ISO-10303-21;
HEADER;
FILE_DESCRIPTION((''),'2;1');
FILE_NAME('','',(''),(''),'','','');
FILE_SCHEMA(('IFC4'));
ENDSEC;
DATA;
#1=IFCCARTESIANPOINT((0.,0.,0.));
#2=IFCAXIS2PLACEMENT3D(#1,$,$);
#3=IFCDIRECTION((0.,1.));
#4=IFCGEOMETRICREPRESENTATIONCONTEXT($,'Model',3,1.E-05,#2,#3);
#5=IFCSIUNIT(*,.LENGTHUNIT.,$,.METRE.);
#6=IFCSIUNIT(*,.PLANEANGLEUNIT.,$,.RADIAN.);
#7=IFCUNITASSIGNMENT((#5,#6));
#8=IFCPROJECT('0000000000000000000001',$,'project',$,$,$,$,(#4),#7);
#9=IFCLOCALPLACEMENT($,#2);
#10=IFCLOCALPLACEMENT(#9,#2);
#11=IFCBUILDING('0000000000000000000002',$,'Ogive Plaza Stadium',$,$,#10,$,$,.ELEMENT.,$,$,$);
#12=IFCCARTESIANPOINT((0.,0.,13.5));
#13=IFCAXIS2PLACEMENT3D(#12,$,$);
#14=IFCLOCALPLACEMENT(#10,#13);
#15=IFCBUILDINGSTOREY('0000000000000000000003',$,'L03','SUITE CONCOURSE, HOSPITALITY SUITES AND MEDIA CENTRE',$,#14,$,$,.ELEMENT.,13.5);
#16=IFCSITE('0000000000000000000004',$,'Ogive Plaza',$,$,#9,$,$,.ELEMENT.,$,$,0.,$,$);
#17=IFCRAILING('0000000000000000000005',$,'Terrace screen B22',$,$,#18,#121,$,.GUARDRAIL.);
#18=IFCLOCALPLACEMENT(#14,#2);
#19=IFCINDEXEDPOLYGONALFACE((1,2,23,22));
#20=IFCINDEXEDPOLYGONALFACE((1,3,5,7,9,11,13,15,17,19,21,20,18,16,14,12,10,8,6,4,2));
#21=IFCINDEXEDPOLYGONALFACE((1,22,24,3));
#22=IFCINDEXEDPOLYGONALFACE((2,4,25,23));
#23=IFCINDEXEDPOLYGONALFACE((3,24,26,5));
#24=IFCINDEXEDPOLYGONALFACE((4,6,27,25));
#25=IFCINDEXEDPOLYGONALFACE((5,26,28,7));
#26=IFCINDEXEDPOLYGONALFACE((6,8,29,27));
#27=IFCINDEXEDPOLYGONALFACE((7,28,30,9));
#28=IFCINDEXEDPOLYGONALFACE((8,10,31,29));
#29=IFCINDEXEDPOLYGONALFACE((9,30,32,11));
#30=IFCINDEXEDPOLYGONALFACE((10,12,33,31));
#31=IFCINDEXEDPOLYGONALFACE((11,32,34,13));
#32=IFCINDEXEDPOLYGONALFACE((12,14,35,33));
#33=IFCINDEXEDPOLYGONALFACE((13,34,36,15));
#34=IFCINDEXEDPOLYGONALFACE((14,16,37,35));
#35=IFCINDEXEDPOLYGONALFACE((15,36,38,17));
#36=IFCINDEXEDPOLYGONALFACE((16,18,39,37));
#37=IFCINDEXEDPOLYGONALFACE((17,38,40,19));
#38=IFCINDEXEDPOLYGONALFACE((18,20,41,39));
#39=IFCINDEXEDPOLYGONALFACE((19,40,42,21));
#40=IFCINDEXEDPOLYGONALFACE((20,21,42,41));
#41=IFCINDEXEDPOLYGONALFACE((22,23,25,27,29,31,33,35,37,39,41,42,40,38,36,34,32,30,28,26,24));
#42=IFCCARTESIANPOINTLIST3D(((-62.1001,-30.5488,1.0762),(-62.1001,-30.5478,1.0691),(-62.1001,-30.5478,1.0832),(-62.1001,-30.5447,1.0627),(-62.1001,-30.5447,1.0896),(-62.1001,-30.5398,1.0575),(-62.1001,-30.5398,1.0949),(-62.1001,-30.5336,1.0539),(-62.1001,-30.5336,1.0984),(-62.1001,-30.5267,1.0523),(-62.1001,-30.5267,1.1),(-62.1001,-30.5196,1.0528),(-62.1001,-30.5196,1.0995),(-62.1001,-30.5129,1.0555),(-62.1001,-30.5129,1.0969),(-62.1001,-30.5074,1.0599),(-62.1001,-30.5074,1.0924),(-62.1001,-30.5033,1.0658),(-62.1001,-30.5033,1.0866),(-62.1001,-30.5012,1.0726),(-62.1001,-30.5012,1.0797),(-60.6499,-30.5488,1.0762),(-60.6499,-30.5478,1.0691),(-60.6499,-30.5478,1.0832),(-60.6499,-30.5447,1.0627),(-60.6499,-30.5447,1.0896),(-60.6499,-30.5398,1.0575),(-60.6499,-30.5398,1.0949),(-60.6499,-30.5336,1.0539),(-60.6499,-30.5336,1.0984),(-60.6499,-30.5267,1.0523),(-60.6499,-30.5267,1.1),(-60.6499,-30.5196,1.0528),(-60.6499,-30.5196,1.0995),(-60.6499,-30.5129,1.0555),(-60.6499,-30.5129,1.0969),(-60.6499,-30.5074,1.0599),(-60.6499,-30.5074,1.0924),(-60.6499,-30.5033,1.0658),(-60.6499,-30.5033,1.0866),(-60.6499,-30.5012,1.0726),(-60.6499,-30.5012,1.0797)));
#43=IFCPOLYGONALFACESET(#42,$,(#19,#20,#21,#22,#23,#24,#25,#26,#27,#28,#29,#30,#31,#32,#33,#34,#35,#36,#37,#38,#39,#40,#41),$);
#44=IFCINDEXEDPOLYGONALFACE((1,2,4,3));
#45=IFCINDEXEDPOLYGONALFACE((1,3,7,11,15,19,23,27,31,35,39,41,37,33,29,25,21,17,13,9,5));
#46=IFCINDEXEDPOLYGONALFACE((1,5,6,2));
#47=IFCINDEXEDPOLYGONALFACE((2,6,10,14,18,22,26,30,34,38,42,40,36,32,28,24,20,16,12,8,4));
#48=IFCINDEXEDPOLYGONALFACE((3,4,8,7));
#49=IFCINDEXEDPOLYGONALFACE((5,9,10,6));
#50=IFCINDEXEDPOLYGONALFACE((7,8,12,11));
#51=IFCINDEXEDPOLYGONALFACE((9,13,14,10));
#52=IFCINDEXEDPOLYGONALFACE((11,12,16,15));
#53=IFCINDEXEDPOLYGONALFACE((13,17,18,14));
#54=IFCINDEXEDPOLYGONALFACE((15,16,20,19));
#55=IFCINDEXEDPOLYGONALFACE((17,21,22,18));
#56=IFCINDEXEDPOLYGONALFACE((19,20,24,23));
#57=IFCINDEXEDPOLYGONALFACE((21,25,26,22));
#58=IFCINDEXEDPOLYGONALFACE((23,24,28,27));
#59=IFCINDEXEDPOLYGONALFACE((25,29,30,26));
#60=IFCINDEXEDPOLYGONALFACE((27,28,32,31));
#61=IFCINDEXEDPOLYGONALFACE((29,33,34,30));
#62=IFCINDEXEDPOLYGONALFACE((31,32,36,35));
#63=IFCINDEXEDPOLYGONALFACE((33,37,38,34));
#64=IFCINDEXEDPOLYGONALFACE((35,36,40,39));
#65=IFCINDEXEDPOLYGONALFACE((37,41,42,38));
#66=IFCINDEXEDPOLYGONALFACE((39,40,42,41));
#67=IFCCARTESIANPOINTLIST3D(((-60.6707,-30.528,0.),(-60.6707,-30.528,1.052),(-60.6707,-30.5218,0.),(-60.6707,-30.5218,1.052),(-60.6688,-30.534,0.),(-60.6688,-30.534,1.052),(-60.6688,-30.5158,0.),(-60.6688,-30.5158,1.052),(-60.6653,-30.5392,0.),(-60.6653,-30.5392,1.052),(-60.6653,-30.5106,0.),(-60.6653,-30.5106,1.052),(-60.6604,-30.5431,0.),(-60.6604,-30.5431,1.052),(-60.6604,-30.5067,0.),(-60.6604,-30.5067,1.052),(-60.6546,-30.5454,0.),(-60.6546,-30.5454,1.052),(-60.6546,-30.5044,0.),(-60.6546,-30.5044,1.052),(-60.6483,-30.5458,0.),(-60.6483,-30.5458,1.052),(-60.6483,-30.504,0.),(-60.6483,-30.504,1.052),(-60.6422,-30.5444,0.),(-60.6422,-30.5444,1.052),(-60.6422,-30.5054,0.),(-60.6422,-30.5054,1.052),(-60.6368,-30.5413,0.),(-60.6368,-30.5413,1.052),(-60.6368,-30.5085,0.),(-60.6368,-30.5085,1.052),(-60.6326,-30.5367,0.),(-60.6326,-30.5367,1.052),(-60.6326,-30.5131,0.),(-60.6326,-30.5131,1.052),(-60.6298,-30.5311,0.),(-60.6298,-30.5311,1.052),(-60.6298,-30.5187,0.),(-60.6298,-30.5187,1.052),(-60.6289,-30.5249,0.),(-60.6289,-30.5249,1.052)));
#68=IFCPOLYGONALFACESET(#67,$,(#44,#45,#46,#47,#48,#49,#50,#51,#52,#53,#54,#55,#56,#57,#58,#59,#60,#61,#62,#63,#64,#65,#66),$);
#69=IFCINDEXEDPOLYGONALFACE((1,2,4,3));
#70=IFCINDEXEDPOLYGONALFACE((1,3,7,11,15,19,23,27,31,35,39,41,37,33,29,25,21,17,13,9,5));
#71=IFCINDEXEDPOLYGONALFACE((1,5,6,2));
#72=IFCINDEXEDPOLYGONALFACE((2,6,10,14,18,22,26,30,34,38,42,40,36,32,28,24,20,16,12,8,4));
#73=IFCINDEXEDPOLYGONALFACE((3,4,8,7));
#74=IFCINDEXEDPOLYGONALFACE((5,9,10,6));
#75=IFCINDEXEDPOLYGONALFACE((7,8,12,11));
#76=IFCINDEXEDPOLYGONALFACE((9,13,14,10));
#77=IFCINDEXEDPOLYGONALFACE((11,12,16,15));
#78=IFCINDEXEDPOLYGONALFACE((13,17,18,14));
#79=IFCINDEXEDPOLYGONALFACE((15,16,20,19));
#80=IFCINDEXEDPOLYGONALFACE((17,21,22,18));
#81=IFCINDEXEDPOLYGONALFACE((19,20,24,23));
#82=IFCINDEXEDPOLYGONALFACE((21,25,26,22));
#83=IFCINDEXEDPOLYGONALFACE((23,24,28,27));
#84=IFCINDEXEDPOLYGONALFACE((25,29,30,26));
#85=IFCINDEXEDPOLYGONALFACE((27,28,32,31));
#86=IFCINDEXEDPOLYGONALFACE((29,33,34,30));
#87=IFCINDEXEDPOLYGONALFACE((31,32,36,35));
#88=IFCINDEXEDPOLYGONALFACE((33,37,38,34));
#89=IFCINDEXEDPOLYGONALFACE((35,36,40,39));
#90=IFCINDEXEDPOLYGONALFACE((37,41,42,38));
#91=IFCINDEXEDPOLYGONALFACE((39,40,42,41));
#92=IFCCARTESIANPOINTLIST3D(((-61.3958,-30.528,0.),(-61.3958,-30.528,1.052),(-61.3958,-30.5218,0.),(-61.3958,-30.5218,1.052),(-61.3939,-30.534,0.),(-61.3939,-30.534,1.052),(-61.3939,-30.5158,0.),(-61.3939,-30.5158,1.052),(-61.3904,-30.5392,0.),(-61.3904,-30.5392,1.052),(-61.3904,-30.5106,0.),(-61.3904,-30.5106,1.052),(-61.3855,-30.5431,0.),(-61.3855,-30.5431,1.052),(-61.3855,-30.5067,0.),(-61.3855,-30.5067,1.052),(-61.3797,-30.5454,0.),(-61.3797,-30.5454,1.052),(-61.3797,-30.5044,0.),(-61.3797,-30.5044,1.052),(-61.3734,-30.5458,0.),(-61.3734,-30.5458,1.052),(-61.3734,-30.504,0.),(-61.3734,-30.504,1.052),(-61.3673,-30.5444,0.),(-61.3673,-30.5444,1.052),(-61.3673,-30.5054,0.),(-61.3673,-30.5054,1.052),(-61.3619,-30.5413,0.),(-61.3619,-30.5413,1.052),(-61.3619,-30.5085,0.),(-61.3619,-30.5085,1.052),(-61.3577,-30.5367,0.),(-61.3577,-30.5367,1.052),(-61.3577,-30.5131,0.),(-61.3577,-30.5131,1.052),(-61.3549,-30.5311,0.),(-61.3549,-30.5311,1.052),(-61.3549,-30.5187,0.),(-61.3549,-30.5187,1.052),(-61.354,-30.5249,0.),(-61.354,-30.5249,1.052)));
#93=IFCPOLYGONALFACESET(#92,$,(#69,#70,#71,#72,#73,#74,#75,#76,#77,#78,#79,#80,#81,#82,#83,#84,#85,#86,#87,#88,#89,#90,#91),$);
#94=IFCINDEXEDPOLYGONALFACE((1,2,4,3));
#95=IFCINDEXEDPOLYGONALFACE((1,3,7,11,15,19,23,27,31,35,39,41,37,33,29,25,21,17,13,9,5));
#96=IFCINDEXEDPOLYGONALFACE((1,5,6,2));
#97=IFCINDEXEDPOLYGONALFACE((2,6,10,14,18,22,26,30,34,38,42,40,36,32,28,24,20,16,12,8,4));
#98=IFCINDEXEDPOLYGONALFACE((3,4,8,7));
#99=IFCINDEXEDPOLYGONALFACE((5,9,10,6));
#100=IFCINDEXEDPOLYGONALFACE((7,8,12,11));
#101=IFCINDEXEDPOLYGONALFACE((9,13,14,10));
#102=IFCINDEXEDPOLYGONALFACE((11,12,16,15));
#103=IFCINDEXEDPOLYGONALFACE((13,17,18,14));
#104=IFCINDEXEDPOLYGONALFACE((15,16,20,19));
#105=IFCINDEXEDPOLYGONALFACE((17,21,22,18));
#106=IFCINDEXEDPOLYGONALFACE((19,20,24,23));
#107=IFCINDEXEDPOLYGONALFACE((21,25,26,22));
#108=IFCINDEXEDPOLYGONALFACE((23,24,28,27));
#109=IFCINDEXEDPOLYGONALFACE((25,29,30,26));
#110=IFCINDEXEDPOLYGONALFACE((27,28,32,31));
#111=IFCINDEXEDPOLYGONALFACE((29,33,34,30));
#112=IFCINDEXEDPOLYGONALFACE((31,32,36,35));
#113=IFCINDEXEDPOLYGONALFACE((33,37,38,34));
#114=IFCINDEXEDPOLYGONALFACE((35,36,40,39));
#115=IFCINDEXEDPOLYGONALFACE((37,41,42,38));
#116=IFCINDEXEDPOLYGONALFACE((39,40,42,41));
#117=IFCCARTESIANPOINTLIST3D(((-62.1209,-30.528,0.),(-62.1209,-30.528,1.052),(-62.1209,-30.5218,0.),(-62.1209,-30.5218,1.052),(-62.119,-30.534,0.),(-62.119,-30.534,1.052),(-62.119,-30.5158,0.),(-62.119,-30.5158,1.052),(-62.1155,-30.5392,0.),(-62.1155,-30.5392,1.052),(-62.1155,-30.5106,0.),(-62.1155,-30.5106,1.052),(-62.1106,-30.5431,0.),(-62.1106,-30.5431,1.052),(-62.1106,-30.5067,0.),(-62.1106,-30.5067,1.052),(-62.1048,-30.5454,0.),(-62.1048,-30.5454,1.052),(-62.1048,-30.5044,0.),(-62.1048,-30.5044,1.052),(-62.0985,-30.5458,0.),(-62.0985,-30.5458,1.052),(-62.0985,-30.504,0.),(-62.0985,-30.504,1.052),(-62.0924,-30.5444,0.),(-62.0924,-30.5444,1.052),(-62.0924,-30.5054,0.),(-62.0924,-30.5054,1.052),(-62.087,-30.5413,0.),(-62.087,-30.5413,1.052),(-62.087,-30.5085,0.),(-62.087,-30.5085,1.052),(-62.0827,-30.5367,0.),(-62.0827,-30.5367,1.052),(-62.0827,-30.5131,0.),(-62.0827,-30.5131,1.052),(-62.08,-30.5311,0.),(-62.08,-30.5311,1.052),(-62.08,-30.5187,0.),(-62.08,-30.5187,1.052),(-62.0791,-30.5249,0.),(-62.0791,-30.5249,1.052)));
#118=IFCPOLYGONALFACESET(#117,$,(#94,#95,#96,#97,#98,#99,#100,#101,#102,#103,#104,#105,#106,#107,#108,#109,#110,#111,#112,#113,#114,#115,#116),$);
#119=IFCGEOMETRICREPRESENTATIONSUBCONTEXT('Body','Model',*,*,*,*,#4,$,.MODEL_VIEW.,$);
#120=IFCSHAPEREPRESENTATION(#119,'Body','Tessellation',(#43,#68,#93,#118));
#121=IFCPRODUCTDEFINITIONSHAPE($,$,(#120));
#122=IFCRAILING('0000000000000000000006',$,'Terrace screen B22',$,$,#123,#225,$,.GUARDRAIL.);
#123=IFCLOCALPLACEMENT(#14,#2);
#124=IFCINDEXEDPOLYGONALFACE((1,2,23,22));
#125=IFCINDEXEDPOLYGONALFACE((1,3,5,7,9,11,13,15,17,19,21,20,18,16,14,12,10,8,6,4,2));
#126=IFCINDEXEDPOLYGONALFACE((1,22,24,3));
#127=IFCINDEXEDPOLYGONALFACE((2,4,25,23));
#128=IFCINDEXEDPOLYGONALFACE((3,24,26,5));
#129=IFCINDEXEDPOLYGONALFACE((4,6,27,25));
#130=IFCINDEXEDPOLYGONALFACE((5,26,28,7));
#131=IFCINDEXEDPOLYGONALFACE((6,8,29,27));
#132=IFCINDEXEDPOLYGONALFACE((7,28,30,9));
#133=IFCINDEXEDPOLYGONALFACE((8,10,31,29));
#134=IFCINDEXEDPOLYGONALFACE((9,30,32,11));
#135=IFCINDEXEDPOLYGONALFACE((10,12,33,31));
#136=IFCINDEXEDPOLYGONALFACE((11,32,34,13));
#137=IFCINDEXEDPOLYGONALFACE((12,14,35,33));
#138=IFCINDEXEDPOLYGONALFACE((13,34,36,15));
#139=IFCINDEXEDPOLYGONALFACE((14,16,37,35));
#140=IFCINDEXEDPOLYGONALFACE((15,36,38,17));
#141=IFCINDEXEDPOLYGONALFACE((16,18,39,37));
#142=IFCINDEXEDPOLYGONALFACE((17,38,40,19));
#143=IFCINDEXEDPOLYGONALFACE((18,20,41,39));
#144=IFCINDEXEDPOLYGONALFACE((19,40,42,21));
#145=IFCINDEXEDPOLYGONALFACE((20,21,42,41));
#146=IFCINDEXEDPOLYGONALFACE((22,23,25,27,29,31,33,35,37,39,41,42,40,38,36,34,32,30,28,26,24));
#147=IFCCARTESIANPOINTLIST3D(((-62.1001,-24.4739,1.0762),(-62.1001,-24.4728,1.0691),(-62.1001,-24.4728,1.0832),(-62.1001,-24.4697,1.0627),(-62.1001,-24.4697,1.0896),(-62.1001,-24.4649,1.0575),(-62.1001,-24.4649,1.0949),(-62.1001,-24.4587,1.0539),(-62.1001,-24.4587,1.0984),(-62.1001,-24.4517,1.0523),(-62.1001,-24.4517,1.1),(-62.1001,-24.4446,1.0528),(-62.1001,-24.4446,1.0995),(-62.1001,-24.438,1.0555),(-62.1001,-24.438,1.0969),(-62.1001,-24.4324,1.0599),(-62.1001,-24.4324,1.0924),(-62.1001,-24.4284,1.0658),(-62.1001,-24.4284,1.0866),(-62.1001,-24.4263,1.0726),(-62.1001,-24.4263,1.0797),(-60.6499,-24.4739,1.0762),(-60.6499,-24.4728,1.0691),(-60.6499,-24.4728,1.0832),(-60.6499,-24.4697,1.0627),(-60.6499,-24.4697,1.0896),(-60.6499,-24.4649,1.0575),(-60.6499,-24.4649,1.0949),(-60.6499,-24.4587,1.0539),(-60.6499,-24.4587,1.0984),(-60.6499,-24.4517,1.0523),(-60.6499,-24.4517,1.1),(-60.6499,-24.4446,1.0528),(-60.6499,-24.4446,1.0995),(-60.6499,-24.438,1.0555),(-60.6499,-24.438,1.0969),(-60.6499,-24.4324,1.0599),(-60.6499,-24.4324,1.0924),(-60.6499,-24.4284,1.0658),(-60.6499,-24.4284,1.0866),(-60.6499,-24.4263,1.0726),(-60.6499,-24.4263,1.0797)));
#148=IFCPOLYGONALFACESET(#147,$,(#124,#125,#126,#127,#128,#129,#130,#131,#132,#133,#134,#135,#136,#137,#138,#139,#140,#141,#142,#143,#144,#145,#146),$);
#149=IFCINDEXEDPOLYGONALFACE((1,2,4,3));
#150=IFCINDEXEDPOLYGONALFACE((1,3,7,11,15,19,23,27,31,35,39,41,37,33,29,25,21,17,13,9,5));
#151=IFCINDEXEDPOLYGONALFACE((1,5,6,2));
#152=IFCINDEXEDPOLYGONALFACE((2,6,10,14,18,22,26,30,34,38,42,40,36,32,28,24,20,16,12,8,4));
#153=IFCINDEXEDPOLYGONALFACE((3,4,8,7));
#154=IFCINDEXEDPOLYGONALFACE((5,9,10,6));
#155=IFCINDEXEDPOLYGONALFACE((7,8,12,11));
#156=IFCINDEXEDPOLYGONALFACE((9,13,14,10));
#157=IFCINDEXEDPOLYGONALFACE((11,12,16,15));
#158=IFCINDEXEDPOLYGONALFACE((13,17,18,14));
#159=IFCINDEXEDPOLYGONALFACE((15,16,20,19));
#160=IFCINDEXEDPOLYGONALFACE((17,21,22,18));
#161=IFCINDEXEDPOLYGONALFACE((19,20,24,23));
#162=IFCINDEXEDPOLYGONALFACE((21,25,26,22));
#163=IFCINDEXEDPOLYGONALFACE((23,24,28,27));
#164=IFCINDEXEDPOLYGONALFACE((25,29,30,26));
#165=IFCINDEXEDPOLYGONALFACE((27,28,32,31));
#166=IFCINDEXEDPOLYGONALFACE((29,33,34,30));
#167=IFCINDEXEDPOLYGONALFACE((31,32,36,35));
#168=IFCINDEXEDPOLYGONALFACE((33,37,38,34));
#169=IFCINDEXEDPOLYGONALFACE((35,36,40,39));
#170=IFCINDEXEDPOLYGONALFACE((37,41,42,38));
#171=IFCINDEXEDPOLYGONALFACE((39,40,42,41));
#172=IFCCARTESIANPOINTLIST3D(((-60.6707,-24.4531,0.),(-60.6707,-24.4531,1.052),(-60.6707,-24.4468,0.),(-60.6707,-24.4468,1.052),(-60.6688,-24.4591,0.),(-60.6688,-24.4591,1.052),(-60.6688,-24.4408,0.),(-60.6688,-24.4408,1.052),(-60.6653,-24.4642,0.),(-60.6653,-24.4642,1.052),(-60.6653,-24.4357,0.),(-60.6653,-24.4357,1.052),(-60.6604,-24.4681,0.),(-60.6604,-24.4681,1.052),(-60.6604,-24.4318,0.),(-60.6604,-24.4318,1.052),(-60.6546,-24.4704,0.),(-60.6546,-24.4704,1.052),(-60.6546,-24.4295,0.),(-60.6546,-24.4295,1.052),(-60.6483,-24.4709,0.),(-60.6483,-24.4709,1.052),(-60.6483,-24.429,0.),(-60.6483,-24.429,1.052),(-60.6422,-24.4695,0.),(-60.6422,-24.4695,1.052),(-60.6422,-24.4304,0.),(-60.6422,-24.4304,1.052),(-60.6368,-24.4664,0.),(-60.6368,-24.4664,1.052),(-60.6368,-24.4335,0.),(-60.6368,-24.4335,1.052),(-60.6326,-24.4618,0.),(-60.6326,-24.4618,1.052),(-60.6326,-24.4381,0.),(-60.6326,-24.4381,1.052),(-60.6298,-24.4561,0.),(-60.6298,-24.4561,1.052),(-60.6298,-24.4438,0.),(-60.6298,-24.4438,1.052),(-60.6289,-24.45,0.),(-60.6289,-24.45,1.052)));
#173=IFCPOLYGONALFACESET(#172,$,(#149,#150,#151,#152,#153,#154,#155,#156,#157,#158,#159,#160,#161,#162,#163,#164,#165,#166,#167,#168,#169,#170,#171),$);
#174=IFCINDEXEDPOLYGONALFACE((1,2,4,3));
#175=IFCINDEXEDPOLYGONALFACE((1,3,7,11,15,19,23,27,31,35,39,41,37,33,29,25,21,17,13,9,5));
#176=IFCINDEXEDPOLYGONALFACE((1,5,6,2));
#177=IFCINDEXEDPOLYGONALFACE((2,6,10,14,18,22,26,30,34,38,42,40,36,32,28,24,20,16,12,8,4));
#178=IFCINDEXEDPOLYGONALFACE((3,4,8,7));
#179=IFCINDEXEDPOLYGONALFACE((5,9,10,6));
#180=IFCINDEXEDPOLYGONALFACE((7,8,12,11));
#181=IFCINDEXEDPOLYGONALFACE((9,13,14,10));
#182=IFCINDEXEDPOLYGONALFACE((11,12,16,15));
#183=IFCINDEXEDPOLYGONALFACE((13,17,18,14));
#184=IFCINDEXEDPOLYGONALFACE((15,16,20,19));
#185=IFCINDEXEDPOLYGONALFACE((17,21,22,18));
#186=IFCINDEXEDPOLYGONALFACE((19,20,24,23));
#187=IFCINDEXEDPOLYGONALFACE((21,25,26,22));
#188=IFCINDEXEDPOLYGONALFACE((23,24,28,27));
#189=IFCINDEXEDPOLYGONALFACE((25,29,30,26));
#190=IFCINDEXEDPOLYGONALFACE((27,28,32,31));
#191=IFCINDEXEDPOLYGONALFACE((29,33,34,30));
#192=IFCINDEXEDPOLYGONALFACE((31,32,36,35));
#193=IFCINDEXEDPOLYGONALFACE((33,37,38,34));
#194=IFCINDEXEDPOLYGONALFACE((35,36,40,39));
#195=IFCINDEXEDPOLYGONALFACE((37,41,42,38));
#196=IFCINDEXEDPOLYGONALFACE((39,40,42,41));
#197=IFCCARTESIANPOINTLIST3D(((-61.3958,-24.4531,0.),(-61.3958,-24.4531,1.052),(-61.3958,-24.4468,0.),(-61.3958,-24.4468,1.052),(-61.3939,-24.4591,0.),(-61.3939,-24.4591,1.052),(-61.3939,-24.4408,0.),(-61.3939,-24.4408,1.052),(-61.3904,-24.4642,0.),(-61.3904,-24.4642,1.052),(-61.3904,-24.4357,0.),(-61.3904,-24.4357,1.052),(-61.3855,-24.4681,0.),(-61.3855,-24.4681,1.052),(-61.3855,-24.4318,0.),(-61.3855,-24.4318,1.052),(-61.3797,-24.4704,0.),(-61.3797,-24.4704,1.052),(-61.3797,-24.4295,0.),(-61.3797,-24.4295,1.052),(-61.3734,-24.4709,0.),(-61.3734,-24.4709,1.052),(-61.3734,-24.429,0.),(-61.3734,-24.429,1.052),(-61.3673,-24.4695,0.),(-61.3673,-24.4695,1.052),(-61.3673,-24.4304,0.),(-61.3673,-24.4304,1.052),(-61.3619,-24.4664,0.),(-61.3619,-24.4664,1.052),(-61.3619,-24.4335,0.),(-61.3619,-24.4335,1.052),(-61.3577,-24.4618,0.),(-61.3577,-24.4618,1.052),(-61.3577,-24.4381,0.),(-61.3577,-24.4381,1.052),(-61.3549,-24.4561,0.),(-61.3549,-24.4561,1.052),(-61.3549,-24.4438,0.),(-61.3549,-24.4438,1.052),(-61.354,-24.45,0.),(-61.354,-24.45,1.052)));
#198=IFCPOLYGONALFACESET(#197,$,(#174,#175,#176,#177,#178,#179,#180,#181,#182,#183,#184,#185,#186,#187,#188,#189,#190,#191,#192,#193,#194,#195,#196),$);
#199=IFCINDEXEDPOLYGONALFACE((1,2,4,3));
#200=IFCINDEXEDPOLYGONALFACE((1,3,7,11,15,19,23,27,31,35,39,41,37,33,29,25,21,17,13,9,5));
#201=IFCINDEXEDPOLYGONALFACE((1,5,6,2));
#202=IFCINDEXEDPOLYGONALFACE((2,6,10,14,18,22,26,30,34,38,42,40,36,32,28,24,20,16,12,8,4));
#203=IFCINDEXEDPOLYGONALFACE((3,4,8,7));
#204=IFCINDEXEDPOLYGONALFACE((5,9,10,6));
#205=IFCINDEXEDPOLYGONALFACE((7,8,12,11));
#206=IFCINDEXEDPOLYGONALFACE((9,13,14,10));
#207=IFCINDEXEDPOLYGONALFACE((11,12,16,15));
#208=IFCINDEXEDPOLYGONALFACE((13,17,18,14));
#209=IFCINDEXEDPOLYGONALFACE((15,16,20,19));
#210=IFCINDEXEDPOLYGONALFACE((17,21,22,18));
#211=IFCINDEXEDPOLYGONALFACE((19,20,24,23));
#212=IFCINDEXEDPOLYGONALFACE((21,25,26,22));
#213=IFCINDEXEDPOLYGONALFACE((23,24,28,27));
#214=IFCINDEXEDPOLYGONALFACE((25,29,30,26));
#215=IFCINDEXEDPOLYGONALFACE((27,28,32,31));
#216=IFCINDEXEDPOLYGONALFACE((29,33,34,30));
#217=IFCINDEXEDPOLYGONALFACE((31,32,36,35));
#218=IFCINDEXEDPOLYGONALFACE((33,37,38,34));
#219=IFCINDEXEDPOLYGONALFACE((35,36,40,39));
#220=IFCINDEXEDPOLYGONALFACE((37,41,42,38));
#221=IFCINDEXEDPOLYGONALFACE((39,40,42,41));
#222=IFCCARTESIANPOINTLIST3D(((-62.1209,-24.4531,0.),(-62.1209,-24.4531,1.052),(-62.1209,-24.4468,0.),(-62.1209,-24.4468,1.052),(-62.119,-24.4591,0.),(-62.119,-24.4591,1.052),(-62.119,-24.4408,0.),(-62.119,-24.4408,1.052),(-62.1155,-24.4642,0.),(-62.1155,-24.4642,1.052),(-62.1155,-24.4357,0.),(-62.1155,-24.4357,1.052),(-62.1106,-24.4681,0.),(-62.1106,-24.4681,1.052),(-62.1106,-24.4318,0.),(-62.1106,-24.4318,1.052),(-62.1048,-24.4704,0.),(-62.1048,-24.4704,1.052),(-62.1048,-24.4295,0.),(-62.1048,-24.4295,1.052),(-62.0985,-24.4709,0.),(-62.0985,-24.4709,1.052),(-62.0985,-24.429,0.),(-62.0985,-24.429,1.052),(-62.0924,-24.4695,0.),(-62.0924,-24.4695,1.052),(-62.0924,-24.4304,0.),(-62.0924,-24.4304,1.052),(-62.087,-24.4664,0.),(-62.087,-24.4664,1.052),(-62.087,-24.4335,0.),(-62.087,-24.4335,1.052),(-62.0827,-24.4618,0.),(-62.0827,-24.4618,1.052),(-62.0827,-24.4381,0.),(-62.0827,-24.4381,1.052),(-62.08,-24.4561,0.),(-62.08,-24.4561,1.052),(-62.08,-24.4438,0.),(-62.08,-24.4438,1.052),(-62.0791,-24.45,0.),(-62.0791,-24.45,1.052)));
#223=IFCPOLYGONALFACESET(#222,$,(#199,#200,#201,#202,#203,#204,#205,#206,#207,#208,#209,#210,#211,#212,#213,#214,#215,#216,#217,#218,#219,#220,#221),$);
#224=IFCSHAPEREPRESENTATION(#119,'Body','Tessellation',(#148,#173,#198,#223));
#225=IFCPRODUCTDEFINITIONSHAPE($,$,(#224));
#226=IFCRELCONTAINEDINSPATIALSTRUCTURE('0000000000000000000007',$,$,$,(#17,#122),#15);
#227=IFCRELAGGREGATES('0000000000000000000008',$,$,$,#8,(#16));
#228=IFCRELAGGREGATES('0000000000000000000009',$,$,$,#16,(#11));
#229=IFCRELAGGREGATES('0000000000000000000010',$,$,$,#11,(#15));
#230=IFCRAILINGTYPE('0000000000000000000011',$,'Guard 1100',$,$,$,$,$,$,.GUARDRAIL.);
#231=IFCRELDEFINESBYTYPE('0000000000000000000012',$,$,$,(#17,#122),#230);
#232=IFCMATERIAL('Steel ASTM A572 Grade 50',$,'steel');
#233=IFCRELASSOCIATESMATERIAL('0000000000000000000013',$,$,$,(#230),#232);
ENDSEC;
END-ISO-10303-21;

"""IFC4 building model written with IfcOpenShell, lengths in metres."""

from ifc_helpers import new_model, si_unit, direction, frame, origin, origin_2d, place, context, subcontext, project, spatial, circle, extrude, material, type_object, element, save


model = new_model("IFC4")

# Units and contexts
model_context = context("Model", 3, precision=1e-05, world=origin(), true_north=direction((0.0, 1.0)))
body_context = subcontext(model_context, "Body", "Model", "MODEL_VIEW")
ifc_project = project(units=[si_unit("LENGTHUNIT", "METRE"), si_unit("PLANEANGLEUNIT", "RADIAN")], contexts=[model_context])

# Site, building, storey
site_placement = place(None, origin())
site = spatial("IfcSite", under=ifc_project, at=site_placement, Name="Ogive Plaza", CompositionType="ELEMENT", RefElevation=0.0)
building_placement = place(site_placement, origin())
building = spatial("IfcBuilding", under=site, at=building_placement, Name="Ogive Plaza Stadium", CompositionType="ELEMENT")
storey_placement = place(building_placement, frame((0.0, 0.0, 13.5)))
storey = spatial("IfcBuildingStorey", under=building, at=storey_placement, Name="L03", Description="SUITE CONCOURSE, HOSPITALITY SUITES AND MEDIA CENTRE", CompositionType="ELEMENT", Elevation=13.5)

# Railings
ifc_material_1 = material(Name="Steel ASTM A572 Grade 50", Category="steel")
railing_type = type_object("IfcRailingType", Name="Guard 1100", PredefinedType="GUARDRAIL", material=ifc_material_1)
for number, where, name in (
    (1, (-60.6499, -30.5249, 0.0), "Terrace screen B22"),
    (2, (-60.6499, -24.45, 0.0), "Terrace screen B22"),
):
    element("IfcRailing", number, at=place(storey_placement, frame(where)), inside=storey, type_object=railing_type, Name=name, PredefinedType="GUARDRAIL", context=body_context, shape_type="SweptSolid", body=[
        extrude(circle(Radius=0.0239, at=origin_2d()), frame((0.0, 0.0, 1.0762), z_axis=(-1.0, 0.0, 0.0), x_axis=(0.0, -1.0, 0.0)), (0.0, 0.0, 1.0), 1.4502),
        extrude(circle(Radius=0.021, at=origin_2d()), origin(), (0.0, 0.0, 1.0), 1.052),
        extrude(circle(Radius=0.021, at=origin_2d()), frame((-0.7251, 0.0, 0.0)), (0.0, 0.0, 1.0), 1.052),
        extrude(circle(Radius=0.021, at=origin_2d()), frame((-1.4502, 0.0, 0.0)), (0.0, 0.0, 1.0), 1.052),
    ])

save(model, "model.ifc")
